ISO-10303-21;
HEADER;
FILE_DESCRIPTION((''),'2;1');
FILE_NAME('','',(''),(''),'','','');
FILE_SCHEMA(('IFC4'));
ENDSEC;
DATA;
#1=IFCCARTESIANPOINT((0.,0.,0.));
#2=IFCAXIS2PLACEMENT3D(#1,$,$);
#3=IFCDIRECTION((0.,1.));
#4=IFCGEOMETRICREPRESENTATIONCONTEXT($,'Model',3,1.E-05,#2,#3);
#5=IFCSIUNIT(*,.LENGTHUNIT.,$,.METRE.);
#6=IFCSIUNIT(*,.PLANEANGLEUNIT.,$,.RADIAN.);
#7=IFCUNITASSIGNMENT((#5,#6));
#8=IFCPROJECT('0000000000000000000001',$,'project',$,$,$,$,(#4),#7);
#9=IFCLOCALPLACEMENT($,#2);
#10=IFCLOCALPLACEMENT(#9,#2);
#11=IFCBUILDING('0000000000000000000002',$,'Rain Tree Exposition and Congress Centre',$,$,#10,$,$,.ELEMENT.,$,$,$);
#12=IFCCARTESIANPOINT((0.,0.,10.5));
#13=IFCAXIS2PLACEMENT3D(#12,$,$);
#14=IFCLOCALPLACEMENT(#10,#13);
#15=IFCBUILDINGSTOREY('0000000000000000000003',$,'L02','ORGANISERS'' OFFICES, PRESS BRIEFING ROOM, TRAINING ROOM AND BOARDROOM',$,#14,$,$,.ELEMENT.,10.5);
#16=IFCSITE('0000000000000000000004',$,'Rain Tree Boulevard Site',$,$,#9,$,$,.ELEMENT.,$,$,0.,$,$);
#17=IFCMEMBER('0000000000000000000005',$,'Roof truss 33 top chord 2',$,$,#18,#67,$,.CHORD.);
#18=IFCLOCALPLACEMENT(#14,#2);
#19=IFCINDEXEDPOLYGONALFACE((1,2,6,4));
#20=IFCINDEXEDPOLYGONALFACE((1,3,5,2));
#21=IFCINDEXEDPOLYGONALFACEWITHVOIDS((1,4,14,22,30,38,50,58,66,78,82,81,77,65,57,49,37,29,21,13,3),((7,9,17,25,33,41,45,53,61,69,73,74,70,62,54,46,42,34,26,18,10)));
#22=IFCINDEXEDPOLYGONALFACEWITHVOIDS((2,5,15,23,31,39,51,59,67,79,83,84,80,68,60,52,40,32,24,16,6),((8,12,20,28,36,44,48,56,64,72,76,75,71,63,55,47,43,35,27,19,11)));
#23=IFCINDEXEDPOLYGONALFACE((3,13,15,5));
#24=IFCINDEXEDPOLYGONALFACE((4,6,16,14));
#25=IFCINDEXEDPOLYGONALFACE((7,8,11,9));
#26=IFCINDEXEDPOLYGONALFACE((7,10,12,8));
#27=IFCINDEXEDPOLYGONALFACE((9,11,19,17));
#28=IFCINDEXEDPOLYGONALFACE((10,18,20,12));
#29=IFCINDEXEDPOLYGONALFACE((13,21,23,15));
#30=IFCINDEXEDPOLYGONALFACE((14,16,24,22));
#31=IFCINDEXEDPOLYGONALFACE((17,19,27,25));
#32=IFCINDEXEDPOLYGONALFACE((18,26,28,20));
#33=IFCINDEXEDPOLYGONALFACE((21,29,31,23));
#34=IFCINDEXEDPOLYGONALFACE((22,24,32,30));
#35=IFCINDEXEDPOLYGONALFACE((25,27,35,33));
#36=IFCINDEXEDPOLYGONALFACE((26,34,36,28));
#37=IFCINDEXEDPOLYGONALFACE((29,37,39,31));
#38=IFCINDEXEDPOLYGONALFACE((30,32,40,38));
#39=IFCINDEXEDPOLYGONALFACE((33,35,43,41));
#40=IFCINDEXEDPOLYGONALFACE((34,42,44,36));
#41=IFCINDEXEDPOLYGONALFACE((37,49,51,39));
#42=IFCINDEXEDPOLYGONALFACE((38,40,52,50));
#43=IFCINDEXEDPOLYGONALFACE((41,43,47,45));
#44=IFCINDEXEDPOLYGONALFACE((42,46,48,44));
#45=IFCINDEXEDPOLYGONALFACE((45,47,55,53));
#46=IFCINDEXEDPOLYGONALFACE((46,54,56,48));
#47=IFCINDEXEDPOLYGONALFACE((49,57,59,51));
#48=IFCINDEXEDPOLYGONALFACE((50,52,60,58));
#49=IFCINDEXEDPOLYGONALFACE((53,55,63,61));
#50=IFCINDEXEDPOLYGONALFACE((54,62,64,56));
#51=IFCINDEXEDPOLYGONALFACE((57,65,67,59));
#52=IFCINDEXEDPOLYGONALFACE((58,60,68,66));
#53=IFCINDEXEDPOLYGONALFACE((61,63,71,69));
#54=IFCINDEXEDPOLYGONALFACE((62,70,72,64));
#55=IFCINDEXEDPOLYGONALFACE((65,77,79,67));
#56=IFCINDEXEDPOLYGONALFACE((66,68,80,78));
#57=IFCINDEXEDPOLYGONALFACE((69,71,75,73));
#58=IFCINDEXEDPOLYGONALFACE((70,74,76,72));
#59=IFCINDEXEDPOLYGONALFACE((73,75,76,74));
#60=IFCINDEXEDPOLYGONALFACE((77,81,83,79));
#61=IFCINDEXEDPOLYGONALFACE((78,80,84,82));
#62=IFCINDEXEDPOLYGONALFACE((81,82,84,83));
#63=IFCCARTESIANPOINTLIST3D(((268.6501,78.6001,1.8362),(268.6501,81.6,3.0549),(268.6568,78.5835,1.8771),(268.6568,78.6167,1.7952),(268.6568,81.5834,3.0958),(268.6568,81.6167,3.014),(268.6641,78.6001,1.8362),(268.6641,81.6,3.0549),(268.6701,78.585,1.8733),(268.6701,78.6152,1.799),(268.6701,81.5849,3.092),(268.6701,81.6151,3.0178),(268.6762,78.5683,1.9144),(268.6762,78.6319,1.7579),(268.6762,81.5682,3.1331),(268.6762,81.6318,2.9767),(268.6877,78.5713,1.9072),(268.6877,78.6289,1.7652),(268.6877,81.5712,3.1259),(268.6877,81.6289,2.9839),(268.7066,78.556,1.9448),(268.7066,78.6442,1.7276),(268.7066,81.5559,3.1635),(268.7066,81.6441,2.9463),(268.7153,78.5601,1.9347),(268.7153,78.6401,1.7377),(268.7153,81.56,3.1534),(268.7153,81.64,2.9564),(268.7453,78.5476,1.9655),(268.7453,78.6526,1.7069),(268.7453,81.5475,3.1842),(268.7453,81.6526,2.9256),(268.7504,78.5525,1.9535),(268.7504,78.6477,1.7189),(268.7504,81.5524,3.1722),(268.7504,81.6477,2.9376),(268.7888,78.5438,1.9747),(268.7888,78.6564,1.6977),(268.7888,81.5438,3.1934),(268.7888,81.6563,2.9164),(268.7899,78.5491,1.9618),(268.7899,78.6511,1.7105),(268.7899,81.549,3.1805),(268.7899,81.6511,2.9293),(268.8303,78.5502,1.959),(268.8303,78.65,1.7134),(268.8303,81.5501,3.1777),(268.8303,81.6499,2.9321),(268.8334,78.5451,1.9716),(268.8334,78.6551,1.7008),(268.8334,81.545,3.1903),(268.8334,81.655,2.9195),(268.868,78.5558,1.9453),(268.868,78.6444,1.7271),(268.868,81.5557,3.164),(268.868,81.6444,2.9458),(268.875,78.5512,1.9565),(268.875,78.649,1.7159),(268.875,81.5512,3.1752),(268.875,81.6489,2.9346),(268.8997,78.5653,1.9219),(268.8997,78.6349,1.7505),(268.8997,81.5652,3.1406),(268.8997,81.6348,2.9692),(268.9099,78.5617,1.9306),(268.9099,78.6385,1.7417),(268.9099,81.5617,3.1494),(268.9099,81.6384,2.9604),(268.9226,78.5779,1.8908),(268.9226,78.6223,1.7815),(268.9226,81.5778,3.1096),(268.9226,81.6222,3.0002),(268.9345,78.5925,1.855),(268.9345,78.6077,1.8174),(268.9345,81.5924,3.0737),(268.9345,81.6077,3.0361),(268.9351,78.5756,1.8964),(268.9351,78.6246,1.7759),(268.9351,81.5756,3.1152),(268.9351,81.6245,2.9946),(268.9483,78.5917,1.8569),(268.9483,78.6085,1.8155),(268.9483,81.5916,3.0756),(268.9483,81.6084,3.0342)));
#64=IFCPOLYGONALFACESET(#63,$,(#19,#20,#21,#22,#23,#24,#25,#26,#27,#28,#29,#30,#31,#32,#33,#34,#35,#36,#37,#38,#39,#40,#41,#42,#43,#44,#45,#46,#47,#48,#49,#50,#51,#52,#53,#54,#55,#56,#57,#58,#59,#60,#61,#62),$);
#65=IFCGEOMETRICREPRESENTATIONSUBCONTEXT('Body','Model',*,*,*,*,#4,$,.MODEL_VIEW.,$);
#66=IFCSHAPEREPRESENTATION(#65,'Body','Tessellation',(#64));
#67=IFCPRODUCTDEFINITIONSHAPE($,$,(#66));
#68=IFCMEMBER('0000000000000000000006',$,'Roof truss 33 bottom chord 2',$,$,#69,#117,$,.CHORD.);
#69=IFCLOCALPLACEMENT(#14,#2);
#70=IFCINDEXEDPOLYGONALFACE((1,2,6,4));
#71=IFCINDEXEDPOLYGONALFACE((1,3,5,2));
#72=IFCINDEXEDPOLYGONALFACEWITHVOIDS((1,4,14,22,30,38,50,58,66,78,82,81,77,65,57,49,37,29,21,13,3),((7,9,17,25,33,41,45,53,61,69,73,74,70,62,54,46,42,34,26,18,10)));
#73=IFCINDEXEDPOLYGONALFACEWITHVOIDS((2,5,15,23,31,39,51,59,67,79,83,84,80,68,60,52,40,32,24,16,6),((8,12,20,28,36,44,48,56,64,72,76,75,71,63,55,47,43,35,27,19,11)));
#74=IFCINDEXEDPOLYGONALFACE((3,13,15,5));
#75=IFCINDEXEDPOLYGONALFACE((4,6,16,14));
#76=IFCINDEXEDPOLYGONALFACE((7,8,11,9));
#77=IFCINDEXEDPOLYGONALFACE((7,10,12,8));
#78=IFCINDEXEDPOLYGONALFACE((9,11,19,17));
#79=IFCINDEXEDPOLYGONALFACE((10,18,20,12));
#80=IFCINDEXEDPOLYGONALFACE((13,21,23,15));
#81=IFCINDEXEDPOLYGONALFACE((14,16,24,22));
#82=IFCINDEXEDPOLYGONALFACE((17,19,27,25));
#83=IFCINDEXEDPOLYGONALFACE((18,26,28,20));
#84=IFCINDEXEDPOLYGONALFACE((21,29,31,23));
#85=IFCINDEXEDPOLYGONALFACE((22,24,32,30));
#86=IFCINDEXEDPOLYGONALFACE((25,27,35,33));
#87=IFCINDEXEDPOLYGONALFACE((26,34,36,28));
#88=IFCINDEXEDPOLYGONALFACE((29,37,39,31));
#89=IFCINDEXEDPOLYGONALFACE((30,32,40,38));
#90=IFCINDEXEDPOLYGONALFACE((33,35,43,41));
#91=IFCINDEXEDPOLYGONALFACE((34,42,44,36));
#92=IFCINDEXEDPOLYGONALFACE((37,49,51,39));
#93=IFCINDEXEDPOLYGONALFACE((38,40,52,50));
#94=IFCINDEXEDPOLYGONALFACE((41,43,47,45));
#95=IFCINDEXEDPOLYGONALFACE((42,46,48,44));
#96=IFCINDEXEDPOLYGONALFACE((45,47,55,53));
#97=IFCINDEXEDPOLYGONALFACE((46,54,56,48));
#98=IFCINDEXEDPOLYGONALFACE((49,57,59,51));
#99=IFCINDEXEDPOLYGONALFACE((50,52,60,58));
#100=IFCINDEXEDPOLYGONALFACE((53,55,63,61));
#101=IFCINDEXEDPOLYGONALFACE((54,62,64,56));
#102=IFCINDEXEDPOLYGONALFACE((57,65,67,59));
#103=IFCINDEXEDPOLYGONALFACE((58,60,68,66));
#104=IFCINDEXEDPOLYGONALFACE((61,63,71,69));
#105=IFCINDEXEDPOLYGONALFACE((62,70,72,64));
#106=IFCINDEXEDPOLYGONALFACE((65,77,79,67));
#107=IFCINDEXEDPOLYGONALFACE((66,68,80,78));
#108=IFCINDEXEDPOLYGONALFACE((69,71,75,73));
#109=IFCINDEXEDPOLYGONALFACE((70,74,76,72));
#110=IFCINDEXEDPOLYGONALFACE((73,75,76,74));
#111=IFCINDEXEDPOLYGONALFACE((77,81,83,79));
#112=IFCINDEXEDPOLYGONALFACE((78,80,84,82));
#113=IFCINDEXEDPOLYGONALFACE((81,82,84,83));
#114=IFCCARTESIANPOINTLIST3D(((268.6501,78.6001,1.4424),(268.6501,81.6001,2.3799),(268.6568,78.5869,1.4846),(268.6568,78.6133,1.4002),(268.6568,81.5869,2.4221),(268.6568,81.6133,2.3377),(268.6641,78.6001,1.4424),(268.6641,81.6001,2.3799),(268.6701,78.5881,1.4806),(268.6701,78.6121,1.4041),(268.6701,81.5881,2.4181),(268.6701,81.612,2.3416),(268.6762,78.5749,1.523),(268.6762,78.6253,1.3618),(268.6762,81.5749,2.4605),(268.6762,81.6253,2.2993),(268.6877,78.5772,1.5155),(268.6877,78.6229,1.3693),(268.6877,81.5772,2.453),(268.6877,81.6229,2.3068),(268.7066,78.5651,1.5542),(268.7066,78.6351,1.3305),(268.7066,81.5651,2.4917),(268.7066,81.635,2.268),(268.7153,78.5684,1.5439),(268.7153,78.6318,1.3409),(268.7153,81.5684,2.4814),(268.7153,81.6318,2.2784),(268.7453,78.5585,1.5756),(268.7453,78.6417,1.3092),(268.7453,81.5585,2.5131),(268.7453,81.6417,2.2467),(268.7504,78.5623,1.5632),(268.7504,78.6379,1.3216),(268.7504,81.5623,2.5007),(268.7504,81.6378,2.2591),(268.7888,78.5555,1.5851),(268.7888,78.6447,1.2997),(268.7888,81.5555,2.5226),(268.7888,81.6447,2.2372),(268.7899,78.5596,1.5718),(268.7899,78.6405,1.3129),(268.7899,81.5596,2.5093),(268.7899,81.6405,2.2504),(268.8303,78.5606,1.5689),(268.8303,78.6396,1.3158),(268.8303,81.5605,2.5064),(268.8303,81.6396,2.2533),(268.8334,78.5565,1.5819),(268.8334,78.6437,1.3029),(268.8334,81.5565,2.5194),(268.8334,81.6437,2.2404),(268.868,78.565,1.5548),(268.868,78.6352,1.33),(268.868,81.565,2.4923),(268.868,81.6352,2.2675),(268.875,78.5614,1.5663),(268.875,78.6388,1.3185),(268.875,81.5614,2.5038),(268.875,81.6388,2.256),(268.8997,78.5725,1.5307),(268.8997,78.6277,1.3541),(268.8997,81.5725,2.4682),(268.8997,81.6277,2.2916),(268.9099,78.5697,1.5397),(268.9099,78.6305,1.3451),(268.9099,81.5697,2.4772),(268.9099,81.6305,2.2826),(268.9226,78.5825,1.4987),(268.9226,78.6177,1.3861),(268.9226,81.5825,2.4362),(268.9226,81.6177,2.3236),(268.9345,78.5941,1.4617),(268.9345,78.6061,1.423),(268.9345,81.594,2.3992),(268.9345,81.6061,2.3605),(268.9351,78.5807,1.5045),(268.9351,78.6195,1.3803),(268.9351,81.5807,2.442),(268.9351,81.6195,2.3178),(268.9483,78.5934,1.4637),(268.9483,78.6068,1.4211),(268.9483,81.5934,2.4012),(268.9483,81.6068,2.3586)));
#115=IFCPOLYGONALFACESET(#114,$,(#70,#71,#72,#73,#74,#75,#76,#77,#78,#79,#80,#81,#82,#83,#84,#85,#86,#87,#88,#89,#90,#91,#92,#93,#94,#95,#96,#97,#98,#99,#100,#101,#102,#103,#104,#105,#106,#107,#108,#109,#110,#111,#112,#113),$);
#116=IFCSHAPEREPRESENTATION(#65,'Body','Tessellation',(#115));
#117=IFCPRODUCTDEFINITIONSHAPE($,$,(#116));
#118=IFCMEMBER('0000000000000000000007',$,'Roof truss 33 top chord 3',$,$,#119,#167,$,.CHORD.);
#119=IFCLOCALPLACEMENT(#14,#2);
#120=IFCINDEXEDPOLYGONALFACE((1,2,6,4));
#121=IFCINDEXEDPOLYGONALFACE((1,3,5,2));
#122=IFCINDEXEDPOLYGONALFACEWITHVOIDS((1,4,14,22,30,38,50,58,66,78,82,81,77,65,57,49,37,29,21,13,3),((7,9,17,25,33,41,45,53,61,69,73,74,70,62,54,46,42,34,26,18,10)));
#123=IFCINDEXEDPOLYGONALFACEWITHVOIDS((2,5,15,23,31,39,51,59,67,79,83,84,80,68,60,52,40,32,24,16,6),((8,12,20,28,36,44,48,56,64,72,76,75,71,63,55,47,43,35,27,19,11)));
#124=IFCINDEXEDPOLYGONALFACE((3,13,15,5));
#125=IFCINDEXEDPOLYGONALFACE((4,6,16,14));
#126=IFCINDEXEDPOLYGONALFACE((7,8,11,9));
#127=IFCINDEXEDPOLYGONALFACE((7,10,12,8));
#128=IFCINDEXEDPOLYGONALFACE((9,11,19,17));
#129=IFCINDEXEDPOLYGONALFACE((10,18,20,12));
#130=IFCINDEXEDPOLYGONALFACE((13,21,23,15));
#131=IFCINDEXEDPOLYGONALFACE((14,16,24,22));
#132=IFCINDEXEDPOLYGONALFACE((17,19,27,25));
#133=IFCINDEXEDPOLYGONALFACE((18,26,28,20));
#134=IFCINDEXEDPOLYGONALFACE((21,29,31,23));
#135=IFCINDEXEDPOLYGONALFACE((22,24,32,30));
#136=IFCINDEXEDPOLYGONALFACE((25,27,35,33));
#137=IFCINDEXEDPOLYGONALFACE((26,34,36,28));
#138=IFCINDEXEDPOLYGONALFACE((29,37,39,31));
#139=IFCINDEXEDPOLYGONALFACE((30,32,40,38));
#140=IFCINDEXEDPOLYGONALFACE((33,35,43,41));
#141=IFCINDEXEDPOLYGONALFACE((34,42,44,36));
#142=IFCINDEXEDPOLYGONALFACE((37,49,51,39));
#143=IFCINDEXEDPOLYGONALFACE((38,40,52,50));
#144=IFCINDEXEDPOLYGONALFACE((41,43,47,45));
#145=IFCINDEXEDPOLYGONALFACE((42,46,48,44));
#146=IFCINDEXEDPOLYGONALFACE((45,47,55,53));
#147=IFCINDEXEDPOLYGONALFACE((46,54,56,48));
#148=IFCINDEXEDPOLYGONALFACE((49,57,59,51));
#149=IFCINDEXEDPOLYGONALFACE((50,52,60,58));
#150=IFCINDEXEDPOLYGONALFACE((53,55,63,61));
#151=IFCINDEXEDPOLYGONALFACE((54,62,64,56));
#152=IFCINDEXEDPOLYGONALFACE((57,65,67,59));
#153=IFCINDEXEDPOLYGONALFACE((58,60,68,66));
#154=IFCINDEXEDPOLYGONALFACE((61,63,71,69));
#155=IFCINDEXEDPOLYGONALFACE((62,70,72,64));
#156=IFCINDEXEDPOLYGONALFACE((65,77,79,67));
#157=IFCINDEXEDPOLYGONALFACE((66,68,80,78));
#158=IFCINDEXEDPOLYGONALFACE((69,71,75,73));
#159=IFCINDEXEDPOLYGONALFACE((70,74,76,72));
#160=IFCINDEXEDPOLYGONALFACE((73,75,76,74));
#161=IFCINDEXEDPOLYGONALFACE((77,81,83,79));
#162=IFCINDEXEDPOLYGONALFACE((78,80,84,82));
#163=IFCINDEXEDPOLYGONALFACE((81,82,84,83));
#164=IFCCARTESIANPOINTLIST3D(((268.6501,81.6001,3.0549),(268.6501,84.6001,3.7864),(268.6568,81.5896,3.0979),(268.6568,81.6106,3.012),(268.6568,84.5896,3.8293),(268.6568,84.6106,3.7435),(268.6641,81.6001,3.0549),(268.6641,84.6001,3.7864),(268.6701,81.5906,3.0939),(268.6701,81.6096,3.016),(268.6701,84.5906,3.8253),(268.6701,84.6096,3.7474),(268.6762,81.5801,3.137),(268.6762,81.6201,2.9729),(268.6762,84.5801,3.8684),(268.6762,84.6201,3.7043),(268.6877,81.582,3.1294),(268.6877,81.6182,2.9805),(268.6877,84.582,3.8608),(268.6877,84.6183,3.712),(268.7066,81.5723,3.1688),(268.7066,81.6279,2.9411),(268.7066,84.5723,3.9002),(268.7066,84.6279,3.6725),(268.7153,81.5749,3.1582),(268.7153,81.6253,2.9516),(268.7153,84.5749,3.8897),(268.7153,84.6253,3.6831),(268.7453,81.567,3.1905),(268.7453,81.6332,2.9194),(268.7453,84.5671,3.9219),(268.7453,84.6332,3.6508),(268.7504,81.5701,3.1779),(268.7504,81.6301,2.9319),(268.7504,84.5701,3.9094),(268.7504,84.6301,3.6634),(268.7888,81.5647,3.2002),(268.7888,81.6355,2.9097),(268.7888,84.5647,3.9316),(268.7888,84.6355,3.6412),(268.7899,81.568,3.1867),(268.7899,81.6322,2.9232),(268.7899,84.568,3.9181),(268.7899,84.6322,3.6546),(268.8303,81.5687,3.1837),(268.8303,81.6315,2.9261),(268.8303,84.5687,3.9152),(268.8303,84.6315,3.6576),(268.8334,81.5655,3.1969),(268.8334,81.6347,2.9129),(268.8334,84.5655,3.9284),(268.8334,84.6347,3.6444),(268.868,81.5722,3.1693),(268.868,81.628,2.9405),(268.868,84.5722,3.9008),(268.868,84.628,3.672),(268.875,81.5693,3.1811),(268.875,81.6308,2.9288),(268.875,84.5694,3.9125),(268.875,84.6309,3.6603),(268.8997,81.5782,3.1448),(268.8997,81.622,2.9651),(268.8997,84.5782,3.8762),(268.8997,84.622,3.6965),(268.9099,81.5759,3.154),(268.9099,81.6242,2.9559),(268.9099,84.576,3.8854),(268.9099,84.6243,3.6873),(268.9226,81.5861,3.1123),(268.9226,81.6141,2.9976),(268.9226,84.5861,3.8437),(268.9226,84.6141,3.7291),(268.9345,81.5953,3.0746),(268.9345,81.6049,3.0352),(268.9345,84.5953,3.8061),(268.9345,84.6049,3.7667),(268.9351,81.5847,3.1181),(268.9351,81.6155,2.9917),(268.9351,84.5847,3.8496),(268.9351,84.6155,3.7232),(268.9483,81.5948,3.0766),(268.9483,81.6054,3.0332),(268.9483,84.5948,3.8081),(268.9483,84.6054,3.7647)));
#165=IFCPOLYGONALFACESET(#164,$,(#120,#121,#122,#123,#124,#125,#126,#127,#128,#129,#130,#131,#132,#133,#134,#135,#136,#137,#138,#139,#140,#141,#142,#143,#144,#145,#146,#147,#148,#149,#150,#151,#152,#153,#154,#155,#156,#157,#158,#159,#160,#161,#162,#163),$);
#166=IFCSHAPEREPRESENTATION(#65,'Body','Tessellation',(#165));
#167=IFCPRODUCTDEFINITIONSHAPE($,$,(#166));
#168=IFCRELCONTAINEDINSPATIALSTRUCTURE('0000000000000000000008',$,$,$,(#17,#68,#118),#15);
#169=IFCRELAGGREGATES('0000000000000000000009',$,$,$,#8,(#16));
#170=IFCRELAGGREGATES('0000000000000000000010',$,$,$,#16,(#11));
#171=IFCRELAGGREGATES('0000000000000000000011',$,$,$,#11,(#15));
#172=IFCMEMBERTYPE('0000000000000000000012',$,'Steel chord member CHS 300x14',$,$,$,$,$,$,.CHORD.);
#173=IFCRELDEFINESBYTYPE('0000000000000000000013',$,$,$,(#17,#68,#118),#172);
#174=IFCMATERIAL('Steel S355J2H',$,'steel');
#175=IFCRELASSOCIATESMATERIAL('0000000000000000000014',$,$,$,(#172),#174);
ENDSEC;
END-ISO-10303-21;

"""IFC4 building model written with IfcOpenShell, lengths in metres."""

from ifc_helpers import new_model, si_unit, direction, frame, origin, origin_2d, place, context, subcontext, project, spatial, hollow_circle, extrude, material, material_profile, profile_set, type_object, element, save


model = new_model("IFC4")

# Units and contexts
model_context = context("Model", 3, precision=1e-05, world=origin(), true_north=direction((0.0, 1.0)))
body_context = subcontext(model_context, "Body", "Model", "MODEL_VIEW")
ifc_project = project(units=[si_unit("LENGTHUNIT", "METRE"), si_unit("PLANEANGLEUNIT", "RADIAN")], contexts=[model_context])

# Site, building, storey
site_placement = place(None, origin())
site = spatial("IfcSite", under=ifc_project, at=site_placement, Name="Rain Tree Boulevard Site", CompositionType="ELEMENT", RefElevation=0.0)
building_placement = place(site_placement, origin())
building = spatial("IfcBuilding", under=site, at=building_placement, Name="Rain Tree Exposition and Congress Centre", CompositionType="ELEMENT")
storey_placement = place(building_placement, frame((0.0, 0.0, 10.5)))
storey = spatial("IfcBuildingStorey", under=building, at=storey_placement, Name="L02", Description="ORGANISERS' OFFICES, PRESS BRIEFING ROOM, TRAINING ROOM AND BOARDROOM", CompositionType="ELEMENT", Elevation=10.5)

# Members
ifc_material_1 = material(Name="Steel S355J2H", Category="steel")
ifc_material_profile_1 = material_profile(ifc_material_1, hollow_circle(Radius=0.1499, WallThickness=0.0139, at=origin_2d()), Name="CHS 300x14")
ifc_profile_set_1 = profile_set([ifc_material_profile_1], Name="Steel S355J2H")
member_type_1 = type_object("IfcMemberType", Name="Steel chord member CHS 300x14", PredefinedType="CHORD", material=ifc_profile_set_1)
member_1_placement = place(storey_placement, frame((268.8, 78.6001, 1.8362), z_axis=(0.0, 0.926467, 0.376377), x_axis=(-1.0, 0.0, 0.0)))
element("IfcMember", 1, at=member_1_placement, inside=storey, type_object=member_type_1, Name="Roof truss 33 top chord 2", PredefinedType="CHORD", context=body_context, shape_type="SweptSolid", body=[
    extrude(hollow_circle(Radius=0.1499, WallThickness=0.0139, at=origin_2d()), origin(), (0.0, 0.0, 1.0), 3.238),
])
member_2_placement = place(storey_placement, frame((268.8, 78.6001, 1.4424), z_axis=(0.0, 0.95448, 0.298275), x_axis=(-1.0, 0.0, 0.0)))
element("IfcMember", 2, at=member_2_placement, inside=storey, type_object=member_type_1, Name="Roof truss 33 bottom chord 2", PredefinedType="CHORD", context=body_context, shape_type="SweptSolid", body=[
    extrude(hollow_circle(Radius=0.1499, WallThickness=0.0139, at=origin_2d()), origin(), (0.0, 0.0, 1.0), 3.1431),
])
member_3_placement = place(storey_placement, frame((268.8, 81.6001, 3.0549), z_axis=(0.0, 0.97154, 0.236876), x_axis=(-1.0, 0.0, 0.0)))
element("IfcMember", 3, at=member_3_placement, inside=storey, type_object=member_type_1, Name="Roof truss 33 top chord 3", PredefinedType="CHORD", context=body_context, shape_type="SweptSolid", body=[
    extrude(hollow_circle(Radius=0.1499, WallThickness=0.0139, at=origin_2d()), origin(), (0.0, 0.0, 1.0), 3.0879),
])

save(model, "model.ifc")
